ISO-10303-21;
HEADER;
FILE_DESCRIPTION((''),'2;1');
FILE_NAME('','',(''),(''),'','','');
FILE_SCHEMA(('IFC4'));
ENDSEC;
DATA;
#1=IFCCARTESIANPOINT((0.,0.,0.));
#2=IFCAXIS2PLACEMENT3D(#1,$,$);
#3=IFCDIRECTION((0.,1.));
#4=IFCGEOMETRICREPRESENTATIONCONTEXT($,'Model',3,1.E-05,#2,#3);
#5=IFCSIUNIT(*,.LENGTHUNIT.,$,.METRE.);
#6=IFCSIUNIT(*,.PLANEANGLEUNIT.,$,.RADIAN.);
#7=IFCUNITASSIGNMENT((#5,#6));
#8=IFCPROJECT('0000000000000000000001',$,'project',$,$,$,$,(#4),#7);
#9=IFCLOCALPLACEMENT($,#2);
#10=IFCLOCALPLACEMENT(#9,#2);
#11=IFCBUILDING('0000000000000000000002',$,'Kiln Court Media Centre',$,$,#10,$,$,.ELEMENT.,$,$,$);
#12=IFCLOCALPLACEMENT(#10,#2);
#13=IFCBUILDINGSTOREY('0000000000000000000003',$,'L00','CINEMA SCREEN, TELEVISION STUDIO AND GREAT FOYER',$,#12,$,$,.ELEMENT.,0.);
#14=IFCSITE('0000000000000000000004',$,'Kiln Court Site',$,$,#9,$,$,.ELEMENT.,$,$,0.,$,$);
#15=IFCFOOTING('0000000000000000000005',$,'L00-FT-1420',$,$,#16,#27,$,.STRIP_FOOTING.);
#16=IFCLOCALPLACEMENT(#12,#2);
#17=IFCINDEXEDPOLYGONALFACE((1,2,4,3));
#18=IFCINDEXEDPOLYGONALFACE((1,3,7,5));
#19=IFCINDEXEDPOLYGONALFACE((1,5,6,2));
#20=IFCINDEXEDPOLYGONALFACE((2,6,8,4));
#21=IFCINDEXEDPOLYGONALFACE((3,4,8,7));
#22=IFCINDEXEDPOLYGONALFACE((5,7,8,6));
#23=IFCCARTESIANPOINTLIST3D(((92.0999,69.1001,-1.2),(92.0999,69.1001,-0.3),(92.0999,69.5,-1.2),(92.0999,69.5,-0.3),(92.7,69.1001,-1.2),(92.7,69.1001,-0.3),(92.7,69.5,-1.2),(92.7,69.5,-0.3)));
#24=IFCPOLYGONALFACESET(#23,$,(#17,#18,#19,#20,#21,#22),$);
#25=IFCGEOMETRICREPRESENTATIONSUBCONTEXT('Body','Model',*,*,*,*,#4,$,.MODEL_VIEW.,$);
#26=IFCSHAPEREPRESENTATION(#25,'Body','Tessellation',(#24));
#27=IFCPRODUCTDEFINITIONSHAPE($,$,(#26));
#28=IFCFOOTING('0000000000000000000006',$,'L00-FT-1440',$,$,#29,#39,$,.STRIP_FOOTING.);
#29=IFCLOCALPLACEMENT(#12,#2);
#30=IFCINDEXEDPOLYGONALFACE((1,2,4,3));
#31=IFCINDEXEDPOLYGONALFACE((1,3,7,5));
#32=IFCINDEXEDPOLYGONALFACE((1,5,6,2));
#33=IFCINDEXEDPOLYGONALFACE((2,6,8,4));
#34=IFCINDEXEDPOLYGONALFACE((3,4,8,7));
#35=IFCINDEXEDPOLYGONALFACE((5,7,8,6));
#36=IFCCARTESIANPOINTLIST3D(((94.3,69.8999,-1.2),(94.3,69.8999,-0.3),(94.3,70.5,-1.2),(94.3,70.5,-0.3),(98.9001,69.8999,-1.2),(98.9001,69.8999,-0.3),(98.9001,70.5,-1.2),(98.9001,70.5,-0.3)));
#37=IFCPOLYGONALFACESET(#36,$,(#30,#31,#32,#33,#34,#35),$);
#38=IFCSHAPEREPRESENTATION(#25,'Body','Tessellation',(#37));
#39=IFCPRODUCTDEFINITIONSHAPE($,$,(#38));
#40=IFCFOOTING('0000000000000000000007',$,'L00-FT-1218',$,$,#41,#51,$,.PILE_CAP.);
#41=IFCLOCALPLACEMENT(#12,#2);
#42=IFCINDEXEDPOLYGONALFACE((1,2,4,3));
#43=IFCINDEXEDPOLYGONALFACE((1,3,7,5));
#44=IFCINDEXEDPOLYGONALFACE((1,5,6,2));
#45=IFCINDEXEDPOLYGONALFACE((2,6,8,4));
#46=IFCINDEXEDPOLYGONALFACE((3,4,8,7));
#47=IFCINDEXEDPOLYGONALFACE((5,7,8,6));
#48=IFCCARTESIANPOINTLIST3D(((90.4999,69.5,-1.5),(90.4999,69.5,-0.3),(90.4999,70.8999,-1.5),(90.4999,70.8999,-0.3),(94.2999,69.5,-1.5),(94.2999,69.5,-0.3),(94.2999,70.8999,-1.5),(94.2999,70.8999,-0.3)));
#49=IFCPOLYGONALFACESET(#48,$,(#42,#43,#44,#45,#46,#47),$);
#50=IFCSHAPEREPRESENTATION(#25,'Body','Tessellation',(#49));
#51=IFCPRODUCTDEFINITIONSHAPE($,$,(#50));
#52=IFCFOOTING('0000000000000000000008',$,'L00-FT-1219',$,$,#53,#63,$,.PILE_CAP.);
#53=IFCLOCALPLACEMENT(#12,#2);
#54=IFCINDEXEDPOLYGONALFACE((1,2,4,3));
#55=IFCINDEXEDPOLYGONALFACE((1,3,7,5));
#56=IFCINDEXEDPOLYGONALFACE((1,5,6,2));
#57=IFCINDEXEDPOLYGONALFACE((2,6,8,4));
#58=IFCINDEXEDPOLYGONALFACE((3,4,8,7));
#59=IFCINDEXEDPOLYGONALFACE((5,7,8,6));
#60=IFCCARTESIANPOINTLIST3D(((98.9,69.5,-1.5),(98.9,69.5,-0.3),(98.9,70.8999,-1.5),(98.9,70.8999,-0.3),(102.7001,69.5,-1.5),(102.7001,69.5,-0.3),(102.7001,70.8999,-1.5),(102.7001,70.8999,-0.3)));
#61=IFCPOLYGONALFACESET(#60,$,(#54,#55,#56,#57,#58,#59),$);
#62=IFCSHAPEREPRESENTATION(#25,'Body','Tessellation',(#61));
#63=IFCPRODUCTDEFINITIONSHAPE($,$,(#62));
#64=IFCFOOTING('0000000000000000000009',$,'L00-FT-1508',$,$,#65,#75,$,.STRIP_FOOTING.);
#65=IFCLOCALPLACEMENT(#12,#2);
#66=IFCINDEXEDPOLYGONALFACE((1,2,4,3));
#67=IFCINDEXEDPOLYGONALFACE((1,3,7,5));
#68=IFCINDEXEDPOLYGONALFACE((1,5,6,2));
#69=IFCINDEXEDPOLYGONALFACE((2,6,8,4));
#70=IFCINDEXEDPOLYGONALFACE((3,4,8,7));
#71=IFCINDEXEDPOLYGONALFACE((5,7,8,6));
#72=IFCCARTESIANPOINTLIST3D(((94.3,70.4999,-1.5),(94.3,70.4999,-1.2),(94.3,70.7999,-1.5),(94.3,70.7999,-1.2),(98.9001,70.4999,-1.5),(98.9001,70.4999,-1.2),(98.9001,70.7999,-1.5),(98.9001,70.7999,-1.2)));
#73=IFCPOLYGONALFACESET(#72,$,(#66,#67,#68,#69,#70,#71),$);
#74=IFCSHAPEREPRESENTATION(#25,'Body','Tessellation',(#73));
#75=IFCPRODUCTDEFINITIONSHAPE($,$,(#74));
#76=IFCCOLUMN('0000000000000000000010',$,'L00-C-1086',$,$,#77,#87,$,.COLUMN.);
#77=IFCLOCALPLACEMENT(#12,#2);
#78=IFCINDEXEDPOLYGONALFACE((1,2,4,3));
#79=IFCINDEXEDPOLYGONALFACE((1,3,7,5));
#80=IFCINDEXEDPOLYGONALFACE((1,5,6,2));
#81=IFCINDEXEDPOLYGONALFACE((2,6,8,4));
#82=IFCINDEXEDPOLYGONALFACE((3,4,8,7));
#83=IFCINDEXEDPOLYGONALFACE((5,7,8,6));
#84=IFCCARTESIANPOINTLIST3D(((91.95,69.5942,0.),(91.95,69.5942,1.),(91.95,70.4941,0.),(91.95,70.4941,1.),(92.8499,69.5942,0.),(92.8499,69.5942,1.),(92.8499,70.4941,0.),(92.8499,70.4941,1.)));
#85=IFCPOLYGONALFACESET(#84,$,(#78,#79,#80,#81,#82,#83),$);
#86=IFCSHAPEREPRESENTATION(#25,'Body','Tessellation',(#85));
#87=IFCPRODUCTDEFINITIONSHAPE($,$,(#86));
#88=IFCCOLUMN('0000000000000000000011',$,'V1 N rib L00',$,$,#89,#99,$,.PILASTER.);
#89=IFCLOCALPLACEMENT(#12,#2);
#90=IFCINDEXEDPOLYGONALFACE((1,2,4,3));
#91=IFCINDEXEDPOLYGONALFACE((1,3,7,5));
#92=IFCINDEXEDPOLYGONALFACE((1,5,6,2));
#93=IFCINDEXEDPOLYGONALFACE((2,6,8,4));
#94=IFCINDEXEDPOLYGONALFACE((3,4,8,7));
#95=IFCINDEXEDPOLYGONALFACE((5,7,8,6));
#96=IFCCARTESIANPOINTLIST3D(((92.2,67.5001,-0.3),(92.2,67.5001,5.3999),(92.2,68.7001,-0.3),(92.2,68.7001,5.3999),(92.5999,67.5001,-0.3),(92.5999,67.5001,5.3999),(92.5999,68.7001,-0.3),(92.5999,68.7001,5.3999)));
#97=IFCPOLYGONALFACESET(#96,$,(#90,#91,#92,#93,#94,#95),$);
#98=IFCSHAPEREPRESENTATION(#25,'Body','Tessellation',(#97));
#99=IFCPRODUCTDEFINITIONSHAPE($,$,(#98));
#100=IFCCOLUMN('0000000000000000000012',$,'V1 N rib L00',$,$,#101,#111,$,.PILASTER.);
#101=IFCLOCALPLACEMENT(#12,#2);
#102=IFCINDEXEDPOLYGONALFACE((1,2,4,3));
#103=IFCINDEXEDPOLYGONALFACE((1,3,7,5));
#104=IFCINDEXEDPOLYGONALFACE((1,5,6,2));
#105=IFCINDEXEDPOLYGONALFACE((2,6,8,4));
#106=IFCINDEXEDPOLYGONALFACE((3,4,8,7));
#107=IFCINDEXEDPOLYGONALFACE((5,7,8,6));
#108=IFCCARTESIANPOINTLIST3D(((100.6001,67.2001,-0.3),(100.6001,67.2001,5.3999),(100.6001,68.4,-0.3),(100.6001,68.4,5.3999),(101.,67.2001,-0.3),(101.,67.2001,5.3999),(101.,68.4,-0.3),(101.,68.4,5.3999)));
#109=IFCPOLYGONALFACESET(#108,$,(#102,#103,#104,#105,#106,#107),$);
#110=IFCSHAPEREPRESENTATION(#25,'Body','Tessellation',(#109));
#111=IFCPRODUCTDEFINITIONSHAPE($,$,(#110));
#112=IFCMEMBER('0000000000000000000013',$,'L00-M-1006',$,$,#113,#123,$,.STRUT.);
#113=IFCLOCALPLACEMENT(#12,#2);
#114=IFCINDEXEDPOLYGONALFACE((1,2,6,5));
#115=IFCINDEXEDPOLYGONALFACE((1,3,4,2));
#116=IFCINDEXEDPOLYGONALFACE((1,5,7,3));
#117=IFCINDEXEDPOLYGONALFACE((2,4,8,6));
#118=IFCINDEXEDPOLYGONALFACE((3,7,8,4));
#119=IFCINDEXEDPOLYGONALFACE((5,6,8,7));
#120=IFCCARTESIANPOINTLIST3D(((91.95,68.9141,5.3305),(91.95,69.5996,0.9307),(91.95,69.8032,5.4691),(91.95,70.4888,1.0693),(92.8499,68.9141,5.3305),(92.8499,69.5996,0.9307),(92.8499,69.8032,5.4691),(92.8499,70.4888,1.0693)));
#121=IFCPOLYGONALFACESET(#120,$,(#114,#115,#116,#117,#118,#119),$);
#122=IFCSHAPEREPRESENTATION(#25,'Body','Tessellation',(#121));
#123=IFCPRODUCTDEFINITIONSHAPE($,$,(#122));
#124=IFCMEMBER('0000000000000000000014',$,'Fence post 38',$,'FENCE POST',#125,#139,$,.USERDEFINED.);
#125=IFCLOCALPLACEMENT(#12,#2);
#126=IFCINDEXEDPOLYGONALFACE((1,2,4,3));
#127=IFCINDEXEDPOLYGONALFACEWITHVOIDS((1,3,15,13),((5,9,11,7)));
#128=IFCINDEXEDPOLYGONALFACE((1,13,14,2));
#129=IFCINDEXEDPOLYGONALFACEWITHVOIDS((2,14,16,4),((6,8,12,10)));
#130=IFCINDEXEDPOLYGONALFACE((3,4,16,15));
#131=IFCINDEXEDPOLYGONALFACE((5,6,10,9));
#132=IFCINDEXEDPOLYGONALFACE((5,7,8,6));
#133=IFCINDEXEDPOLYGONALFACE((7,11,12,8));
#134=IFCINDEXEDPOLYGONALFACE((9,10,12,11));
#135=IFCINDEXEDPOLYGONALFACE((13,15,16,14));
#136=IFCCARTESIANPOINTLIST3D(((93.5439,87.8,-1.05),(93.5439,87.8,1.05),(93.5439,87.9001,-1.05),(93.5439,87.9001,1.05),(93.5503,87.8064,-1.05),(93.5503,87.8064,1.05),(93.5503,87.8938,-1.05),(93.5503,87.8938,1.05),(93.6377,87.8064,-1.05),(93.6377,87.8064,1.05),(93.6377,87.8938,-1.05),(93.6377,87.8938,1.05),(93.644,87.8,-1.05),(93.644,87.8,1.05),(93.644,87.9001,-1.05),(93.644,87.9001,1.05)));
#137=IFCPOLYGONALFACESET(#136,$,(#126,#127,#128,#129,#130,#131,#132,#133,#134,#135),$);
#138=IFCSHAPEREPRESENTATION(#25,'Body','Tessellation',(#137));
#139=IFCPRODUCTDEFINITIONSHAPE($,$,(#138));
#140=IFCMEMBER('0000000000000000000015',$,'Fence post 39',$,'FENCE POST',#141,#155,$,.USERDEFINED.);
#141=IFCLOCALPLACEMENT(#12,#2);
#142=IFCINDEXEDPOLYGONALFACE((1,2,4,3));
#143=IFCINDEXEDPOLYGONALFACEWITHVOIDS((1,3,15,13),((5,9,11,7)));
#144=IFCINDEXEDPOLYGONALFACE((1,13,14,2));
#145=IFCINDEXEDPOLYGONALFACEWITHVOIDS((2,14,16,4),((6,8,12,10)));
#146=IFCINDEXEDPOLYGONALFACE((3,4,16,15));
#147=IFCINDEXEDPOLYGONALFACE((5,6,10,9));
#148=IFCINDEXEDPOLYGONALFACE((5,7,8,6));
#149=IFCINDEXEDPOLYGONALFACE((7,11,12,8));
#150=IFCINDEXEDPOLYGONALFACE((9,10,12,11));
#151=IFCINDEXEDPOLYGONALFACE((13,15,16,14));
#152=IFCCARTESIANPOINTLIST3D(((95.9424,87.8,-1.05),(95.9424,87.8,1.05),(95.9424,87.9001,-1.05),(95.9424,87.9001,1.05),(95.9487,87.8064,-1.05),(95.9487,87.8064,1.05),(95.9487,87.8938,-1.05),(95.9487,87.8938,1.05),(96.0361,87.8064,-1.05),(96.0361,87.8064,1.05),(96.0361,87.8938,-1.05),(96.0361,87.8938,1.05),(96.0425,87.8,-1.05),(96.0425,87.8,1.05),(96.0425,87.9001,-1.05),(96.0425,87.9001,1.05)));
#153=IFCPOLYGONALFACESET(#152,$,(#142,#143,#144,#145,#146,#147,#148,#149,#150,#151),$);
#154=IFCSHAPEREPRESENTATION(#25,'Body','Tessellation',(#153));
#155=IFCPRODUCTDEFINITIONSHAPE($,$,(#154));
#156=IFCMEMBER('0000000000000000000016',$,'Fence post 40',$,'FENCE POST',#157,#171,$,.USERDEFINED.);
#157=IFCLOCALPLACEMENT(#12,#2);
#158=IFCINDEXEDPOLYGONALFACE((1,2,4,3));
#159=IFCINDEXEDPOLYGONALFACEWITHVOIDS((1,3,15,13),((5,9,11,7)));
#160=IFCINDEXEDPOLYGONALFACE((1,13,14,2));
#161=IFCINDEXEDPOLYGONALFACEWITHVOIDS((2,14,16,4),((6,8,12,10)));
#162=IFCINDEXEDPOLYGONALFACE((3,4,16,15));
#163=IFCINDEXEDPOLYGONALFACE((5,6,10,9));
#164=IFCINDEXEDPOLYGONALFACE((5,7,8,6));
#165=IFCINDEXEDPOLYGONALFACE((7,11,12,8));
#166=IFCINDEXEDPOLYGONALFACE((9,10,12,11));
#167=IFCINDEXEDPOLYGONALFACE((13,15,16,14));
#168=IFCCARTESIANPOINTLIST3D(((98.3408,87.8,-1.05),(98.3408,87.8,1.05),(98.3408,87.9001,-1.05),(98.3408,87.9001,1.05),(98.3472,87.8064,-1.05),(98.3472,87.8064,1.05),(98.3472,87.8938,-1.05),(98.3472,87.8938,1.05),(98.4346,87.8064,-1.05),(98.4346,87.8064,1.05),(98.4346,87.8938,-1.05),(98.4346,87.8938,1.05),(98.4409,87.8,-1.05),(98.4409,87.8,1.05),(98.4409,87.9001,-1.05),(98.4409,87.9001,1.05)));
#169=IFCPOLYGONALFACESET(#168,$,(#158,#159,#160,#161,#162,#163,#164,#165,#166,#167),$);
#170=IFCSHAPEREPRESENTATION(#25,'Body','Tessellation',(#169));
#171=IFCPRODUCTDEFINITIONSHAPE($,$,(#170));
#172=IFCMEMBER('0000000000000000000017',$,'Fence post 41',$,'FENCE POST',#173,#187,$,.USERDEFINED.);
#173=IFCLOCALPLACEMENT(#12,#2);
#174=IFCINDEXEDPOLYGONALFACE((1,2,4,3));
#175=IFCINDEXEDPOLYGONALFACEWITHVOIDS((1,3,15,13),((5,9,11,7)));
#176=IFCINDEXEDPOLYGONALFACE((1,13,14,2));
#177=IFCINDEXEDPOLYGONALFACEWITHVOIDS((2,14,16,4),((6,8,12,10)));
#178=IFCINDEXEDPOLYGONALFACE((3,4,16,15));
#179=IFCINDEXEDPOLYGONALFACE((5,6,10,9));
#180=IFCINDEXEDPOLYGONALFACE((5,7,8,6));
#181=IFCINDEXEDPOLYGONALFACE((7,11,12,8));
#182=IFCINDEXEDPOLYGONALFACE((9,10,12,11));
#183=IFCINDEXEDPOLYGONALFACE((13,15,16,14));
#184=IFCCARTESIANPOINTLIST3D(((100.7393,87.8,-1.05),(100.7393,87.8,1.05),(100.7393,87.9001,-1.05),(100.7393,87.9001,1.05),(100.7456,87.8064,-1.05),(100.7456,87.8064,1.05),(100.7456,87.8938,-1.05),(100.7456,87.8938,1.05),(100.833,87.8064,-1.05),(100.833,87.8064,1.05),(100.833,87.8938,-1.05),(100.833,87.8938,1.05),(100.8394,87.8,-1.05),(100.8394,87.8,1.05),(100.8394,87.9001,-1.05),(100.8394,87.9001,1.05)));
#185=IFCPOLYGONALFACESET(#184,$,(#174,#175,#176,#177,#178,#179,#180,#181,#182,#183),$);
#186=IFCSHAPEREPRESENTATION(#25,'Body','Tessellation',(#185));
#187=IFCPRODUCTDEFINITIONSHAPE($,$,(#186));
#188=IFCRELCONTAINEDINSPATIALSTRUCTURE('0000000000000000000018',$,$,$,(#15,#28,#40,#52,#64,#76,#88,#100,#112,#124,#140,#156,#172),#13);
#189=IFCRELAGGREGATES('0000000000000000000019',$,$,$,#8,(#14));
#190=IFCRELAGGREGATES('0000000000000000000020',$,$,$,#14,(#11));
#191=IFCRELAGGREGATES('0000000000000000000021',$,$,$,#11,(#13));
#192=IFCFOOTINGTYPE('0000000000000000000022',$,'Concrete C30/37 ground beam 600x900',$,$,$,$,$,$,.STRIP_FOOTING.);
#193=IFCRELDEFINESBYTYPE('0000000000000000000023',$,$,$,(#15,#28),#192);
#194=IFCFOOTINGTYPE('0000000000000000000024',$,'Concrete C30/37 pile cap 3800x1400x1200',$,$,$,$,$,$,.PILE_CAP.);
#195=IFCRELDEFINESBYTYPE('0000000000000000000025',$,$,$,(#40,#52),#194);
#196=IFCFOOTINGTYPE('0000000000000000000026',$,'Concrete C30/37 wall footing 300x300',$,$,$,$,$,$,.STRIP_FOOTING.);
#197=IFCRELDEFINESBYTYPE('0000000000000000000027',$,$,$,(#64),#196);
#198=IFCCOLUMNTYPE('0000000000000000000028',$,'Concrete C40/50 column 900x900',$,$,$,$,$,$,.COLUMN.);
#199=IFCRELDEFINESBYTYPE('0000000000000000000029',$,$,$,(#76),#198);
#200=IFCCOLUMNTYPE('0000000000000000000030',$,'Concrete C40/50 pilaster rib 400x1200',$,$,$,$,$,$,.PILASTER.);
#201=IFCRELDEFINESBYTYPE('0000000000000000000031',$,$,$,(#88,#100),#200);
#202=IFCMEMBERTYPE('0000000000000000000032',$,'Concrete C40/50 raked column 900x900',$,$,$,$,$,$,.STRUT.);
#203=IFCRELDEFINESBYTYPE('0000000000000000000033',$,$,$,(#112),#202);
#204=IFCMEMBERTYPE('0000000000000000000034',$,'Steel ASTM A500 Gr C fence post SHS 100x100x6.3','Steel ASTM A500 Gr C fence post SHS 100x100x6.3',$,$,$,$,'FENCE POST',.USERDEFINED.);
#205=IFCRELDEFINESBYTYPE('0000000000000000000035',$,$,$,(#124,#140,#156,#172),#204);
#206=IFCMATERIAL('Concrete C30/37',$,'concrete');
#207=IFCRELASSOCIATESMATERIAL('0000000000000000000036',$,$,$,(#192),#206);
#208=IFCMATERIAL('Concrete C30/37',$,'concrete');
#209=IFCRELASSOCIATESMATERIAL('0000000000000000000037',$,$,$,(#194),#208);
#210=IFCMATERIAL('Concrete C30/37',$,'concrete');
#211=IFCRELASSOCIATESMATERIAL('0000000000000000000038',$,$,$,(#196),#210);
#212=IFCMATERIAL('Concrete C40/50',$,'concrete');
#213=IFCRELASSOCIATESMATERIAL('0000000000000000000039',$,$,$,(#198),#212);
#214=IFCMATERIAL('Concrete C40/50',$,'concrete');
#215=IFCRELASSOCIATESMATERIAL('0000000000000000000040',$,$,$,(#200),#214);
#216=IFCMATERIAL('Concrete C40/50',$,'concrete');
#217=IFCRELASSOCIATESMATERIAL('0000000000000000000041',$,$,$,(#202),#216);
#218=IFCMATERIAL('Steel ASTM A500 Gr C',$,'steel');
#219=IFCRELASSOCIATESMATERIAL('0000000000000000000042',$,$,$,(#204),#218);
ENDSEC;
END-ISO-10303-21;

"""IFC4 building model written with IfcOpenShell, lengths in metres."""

from ifc_helpers import new_model, si_unit, direction, frame, origin, origin_2d, place, context, subcontext, project, spatial, rectangle, hollow_rectangle, extrude, material, material_profile, profile_set, type_object, element, save


model = new_model("IFC4")

# Units and contexts
model_context = context("Model", 3, precision=1e-05, world=origin(), true_north=direction((0.0, 1.0)))
body_context = subcontext(model_context, "Body", "Model", "MODEL_VIEW")
ifc_project = project(units=[si_unit("LENGTHUNIT", "METRE"), si_unit("PLANEANGLEUNIT", "RADIAN")], contexts=[model_context])

# Site, building, storey
site_placement = place(None, origin())
site = spatial("IfcSite", under=ifc_project, at=site_placement, Name="Kiln Court Site", CompositionType="ELEMENT", RefElevation=0.0)
building_placement = place(site_placement, origin())
building = spatial("IfcBuilding", under=site, at=building_placement, Name="Kiln Court Media Centre", CompositionType="ELEMENT")
storey_placement = place(building_placement, origin())
storey = spatial("IfcBuildingStorey", under=building, at=storey_placement, Name="L00", Description="CINEMA SCREEN, TELEVISION STUDIO AND GREAT FOYER", CompositionType="ELEMENT", Elevation=0.0)

# Footings
ifc_material_1 = material(Name="Concrete C30/37", Category="concrete")
footing_type_1 = type_object("IfcFootingType", Name="Concrete C30/37 ground beam 600x900", PredefinedType="STRIP_FOOTING", material=ifc_material_1)
footing_1_placement = place(storey_placement, frame((92.3999, 69.3, -1.2), z_axis=(0.0, 0.0, 1.0), x_axis=(1.0, 0.0, 0.0)))
element("IfcFooting", 1, at=footing_1_placement, inside=storey, type_object=footing_type_1, Name="L00-FT-1420", PredefinedType="STRIP_FOOTING", context=body_context, shape_type="SweptSolid", body=[
    extrude(rectangle(XDim=0.6001, YDim=0.3999, at=origin_2d()), origin(), (0.0, 0.0, 1.0), 0.8999),
])
footing_2_placement = place(storey_placement, frame((96.6001, 70.2, -1.2), z_axis=(0.0, 0.0, 1.0), x_axis=(1.0, 0.0, 0.0)))
element("IfcFooting", 2, at=footing_2_placement, inside=storey, type_object=footing_type_1, Name="L00-FT-1440", PredefinedType="STRIP_FOOTING", context=body_context, shape_type="SweptSolid", body=[
    extrude(rectangle(XDim=4.6001, YDim=0.6001, at=origin_2d()), origin(), (0.0, 0.0, 1.0), 0.8999),
])
ifc_material_2 = material(Name="Concrete C30/37", Category="concrete")
footing_type_2 = type_object("IfcFootingType", Name="Concrete C30/37 pile cap 3800x1400x1200", PredefinedType="PILE_CAP", material=ifc_material_2)
for number, where, z_axis, x_axis, name in (
    (3, (92.3999, 70.2, -1.5), (0.0, 0.0, 1.0), (1.0, 0.0, 0.0), "L00-FT-1218"),
    (4, (100.8, 70.2, -1.5), (0.0, 0.0, 1.0), (1.0, 0.0, 0.0), "L00-FT-1219"),
):
    element("IfcFooting", number, at=place(storey_placement, frame(where, z_axis=z_axis, x_axis=x_axis)), inside=storey, type_object=footing_type_2, Name=name, PredefinedType="PILE_CAP", context=body_context, shape_type="SweptSolid", body=[
        extrude(rectangle(XDim=3.8, YDim=1.3999, at=origin_2d()), origin(), (0.0, 0.0, 1.0), 1.2),
    ])
ifc_material_3 = material(Name="Concrete C30/37", Category="concrete")
footing_type_3 = type_object("IfcFootingType", Name="Concrete C30/37 wall footing 300x300", PredefinedType="STRIP_FOOTING", material=ifc_material_3)
footing_3_placement = place(storey_placement, frame((96.6001, 70.6499, -1.5), z_axis=(0.0, 0.0, 1.0), x_axis=(1.0, 0.0, 0.0)))
element("IfcFooting", 5, at=footing_3_placement, inside=storey, type_object=footing_type_3, Name="L00-FT-1508", PredefinedType="STRIP_FOOTING", context=body_context, shape_type="SweptSolid", body=[
    extrude(rectangle(XDim=4.6001, YDim=0.3, at=origin_2d()), origin(), (0.0, 0.0, 1.0), 0.3),
])

# Columns
ifc_material_4 = material(Name="Concrete C40/50", Category="concrete")
ifc_material_profile_1 = material_profile(ifc_material_4, rectangle(XDim=0.8999, YDim=0.8999, at=origin_2d()), Name="RC 900x900")
ifc_profile_set_1 = profile_set([ifc_material_profile_1], Name="Concrete C40/50")
column_type_1 = type_object("IfcColumnType", Name="Concrete C40/50 column 900x900", PredefinedType="COLUMN", material=ifc_profile_set_1)
column_placement = place(storey_placement, frame((92.3999, 70.0442, 0.0), z_axis=(0.0, 0.0, 1.0), x_axis=(1.0, 0.0, 0.0)))
element("IfcColumn", 6, at=column_placement, inside=storey, type_object=column_type_1, Name="L00-C-1086", PredefinedType="COLUMN", context=body_context, shape_type="SweptSolid", body=[
    extrude(rectangle(XDim=0.8999, YDim=0.8999, at=origin_2d()), origin(), (0.0, 0.0, 1.0), 1.0),
])
ifc_material_5 = material(Name="Concrete C40/50", Category="concrete")
ifc_material_profile_2 = material_profile(ifc_material_5, rectangle(XDim=0.3999, YDim=1.2, at=origin_2d()), Name="RC 400x1200")
ifc_profile_set_2 = profile_set([ifc_material_profile_2], Name="Concrete C40/50")
column_type_2 = type_object("IfcColumnType", Name="Concrete C40/50 pilaster rib 400x1200", PredefinedType="PILASTER", material=ifc_profile_set_2)
for number, where, z_axis, x_axis, name in (
    (7, (92.3999, 68.1001, -0.3), (0.0, 0.0, 1.0), (1.0, 0.0, 0.0), "V1 N rib L00"),
    (8, (100.8, 67.8, -0.3), (0.0, 0.0, 1.0), (1.0, 0.0, 0.0), "V1 N rib L00"),
):
    element("IfcColumn", number, at=place(storey_placement, frame(where, z_axis=z_axis, x_axis=x_axis)), inside=storey, type_object=column_type_2, Name=name, PredefinedType="PILASTER", context=body_context, shape_type="SweptSolid", body=[
        extrude(rectangle(XDim=0.3999, YDim=1.2, at=origin_2d()), origin(), (0.0, 0.0, 1.0), 5.7),
    ])

# Members
ifc_material_6 = material(Name="Concrete C40/50", Category="concrete")
ifc_material_profile_3 = material_profile(ifc_material_6, rectangle(XDim=0.8999, YDim=0.8999, at=origin_2d()), Name="RC 900x900")
ifc_profile_set_3 = profile_set([ifc_material_profile_3], Name="Concrete C40/50")
member_type_1 = type_object("IfcMemberType", Name="Concrete C40/50 raked column 900x900", PredefinedType="STRUT", material=ifc_profile_set_3)
member_placement = place(storey_placement, frame((92.3999, 70.0442, 1.0), z_axis=(0.0, -0.153952, 0.988078), x_axis=(1.0, 0.0, 0.0)))
element("IfcMember", 9, at=member_placement, inside=storey, type_object=member_type_1, Name="L00-M-1006", PredefinedType="STRUT", context=body_context, shape_type="SweptSolid", body=[
    extrude(rectangle(XDim=0.8999, YDim=0.8999, at=origin_2d()), origin(), (0.0, 0.0, 1.0), 4.4529),
])
ifc_material_7 = material(Name="Steel ASTM A500 Gr C", Category="steel")
ifc_material_profile_4 = material_profile(ifc_material_7, hollow_rectangle(XDim=0.1001, YDim=0.1001, WallThickness=0.0063, at=origin_2d()), Name="SHS 100x100x6.3")
ifc_profile_set_4 = profile_set([ifc_material_profile_4], Name="Steel ASTM A500 Gr C")
member_type_2 = type_object("IfcMemberType", Name="Steel ASTM A500 Gr C fence post SHS 100x100x6.3", Description="Steel ASTM A500 Gr C fence post SHS 100x100x6.3", ElementType="FENCE POST", PredefinedType="USERDEFINED", material=ifc_profile_set_4)
for number, where, z_axis, x_axis, name in (
    (10, (93.594, 87.8501, -1.05), (0.0, 0.0, 1.0), (1.0, 0.0, 0.0), "Fence post 38"),
    (11, (95.9924, 87.8501, -1.05), (0.0, 0.0, 1.0), (1.0, 0.0, 0.0), "Fence post 39"),
    (12, (98.3909, 87.8501, -1.05), (0.0, 0.0, 1.0), (1.0, 0.0, 0.0), "Fence post 40"),
    (13, (100.7893, 87.8501, -1.05), (0.0, 0.0, 1.0), (1.0, 0.0, 0.0), "Fence post 41"),
):
    element("IfcMember", number, at=place(storey_placement, frame(where, z_axis=z_axis, x_axis=x_axis)), inside=storey, type_object=member_type_2, Name=name, ObjectType="FENCE POST", PredefinedType="USERDEFINED", context=body_context, shape_type="SweptSolid", body=[
        extrude(hollow_rectangle(XDim=0.1001, YDim=0.1001, WallThickness=0.0063, at=origin_2d()), origin(), (0.0, 0.0, 1.0), 2.1001),
    ])

save(model, "model.ifc")
